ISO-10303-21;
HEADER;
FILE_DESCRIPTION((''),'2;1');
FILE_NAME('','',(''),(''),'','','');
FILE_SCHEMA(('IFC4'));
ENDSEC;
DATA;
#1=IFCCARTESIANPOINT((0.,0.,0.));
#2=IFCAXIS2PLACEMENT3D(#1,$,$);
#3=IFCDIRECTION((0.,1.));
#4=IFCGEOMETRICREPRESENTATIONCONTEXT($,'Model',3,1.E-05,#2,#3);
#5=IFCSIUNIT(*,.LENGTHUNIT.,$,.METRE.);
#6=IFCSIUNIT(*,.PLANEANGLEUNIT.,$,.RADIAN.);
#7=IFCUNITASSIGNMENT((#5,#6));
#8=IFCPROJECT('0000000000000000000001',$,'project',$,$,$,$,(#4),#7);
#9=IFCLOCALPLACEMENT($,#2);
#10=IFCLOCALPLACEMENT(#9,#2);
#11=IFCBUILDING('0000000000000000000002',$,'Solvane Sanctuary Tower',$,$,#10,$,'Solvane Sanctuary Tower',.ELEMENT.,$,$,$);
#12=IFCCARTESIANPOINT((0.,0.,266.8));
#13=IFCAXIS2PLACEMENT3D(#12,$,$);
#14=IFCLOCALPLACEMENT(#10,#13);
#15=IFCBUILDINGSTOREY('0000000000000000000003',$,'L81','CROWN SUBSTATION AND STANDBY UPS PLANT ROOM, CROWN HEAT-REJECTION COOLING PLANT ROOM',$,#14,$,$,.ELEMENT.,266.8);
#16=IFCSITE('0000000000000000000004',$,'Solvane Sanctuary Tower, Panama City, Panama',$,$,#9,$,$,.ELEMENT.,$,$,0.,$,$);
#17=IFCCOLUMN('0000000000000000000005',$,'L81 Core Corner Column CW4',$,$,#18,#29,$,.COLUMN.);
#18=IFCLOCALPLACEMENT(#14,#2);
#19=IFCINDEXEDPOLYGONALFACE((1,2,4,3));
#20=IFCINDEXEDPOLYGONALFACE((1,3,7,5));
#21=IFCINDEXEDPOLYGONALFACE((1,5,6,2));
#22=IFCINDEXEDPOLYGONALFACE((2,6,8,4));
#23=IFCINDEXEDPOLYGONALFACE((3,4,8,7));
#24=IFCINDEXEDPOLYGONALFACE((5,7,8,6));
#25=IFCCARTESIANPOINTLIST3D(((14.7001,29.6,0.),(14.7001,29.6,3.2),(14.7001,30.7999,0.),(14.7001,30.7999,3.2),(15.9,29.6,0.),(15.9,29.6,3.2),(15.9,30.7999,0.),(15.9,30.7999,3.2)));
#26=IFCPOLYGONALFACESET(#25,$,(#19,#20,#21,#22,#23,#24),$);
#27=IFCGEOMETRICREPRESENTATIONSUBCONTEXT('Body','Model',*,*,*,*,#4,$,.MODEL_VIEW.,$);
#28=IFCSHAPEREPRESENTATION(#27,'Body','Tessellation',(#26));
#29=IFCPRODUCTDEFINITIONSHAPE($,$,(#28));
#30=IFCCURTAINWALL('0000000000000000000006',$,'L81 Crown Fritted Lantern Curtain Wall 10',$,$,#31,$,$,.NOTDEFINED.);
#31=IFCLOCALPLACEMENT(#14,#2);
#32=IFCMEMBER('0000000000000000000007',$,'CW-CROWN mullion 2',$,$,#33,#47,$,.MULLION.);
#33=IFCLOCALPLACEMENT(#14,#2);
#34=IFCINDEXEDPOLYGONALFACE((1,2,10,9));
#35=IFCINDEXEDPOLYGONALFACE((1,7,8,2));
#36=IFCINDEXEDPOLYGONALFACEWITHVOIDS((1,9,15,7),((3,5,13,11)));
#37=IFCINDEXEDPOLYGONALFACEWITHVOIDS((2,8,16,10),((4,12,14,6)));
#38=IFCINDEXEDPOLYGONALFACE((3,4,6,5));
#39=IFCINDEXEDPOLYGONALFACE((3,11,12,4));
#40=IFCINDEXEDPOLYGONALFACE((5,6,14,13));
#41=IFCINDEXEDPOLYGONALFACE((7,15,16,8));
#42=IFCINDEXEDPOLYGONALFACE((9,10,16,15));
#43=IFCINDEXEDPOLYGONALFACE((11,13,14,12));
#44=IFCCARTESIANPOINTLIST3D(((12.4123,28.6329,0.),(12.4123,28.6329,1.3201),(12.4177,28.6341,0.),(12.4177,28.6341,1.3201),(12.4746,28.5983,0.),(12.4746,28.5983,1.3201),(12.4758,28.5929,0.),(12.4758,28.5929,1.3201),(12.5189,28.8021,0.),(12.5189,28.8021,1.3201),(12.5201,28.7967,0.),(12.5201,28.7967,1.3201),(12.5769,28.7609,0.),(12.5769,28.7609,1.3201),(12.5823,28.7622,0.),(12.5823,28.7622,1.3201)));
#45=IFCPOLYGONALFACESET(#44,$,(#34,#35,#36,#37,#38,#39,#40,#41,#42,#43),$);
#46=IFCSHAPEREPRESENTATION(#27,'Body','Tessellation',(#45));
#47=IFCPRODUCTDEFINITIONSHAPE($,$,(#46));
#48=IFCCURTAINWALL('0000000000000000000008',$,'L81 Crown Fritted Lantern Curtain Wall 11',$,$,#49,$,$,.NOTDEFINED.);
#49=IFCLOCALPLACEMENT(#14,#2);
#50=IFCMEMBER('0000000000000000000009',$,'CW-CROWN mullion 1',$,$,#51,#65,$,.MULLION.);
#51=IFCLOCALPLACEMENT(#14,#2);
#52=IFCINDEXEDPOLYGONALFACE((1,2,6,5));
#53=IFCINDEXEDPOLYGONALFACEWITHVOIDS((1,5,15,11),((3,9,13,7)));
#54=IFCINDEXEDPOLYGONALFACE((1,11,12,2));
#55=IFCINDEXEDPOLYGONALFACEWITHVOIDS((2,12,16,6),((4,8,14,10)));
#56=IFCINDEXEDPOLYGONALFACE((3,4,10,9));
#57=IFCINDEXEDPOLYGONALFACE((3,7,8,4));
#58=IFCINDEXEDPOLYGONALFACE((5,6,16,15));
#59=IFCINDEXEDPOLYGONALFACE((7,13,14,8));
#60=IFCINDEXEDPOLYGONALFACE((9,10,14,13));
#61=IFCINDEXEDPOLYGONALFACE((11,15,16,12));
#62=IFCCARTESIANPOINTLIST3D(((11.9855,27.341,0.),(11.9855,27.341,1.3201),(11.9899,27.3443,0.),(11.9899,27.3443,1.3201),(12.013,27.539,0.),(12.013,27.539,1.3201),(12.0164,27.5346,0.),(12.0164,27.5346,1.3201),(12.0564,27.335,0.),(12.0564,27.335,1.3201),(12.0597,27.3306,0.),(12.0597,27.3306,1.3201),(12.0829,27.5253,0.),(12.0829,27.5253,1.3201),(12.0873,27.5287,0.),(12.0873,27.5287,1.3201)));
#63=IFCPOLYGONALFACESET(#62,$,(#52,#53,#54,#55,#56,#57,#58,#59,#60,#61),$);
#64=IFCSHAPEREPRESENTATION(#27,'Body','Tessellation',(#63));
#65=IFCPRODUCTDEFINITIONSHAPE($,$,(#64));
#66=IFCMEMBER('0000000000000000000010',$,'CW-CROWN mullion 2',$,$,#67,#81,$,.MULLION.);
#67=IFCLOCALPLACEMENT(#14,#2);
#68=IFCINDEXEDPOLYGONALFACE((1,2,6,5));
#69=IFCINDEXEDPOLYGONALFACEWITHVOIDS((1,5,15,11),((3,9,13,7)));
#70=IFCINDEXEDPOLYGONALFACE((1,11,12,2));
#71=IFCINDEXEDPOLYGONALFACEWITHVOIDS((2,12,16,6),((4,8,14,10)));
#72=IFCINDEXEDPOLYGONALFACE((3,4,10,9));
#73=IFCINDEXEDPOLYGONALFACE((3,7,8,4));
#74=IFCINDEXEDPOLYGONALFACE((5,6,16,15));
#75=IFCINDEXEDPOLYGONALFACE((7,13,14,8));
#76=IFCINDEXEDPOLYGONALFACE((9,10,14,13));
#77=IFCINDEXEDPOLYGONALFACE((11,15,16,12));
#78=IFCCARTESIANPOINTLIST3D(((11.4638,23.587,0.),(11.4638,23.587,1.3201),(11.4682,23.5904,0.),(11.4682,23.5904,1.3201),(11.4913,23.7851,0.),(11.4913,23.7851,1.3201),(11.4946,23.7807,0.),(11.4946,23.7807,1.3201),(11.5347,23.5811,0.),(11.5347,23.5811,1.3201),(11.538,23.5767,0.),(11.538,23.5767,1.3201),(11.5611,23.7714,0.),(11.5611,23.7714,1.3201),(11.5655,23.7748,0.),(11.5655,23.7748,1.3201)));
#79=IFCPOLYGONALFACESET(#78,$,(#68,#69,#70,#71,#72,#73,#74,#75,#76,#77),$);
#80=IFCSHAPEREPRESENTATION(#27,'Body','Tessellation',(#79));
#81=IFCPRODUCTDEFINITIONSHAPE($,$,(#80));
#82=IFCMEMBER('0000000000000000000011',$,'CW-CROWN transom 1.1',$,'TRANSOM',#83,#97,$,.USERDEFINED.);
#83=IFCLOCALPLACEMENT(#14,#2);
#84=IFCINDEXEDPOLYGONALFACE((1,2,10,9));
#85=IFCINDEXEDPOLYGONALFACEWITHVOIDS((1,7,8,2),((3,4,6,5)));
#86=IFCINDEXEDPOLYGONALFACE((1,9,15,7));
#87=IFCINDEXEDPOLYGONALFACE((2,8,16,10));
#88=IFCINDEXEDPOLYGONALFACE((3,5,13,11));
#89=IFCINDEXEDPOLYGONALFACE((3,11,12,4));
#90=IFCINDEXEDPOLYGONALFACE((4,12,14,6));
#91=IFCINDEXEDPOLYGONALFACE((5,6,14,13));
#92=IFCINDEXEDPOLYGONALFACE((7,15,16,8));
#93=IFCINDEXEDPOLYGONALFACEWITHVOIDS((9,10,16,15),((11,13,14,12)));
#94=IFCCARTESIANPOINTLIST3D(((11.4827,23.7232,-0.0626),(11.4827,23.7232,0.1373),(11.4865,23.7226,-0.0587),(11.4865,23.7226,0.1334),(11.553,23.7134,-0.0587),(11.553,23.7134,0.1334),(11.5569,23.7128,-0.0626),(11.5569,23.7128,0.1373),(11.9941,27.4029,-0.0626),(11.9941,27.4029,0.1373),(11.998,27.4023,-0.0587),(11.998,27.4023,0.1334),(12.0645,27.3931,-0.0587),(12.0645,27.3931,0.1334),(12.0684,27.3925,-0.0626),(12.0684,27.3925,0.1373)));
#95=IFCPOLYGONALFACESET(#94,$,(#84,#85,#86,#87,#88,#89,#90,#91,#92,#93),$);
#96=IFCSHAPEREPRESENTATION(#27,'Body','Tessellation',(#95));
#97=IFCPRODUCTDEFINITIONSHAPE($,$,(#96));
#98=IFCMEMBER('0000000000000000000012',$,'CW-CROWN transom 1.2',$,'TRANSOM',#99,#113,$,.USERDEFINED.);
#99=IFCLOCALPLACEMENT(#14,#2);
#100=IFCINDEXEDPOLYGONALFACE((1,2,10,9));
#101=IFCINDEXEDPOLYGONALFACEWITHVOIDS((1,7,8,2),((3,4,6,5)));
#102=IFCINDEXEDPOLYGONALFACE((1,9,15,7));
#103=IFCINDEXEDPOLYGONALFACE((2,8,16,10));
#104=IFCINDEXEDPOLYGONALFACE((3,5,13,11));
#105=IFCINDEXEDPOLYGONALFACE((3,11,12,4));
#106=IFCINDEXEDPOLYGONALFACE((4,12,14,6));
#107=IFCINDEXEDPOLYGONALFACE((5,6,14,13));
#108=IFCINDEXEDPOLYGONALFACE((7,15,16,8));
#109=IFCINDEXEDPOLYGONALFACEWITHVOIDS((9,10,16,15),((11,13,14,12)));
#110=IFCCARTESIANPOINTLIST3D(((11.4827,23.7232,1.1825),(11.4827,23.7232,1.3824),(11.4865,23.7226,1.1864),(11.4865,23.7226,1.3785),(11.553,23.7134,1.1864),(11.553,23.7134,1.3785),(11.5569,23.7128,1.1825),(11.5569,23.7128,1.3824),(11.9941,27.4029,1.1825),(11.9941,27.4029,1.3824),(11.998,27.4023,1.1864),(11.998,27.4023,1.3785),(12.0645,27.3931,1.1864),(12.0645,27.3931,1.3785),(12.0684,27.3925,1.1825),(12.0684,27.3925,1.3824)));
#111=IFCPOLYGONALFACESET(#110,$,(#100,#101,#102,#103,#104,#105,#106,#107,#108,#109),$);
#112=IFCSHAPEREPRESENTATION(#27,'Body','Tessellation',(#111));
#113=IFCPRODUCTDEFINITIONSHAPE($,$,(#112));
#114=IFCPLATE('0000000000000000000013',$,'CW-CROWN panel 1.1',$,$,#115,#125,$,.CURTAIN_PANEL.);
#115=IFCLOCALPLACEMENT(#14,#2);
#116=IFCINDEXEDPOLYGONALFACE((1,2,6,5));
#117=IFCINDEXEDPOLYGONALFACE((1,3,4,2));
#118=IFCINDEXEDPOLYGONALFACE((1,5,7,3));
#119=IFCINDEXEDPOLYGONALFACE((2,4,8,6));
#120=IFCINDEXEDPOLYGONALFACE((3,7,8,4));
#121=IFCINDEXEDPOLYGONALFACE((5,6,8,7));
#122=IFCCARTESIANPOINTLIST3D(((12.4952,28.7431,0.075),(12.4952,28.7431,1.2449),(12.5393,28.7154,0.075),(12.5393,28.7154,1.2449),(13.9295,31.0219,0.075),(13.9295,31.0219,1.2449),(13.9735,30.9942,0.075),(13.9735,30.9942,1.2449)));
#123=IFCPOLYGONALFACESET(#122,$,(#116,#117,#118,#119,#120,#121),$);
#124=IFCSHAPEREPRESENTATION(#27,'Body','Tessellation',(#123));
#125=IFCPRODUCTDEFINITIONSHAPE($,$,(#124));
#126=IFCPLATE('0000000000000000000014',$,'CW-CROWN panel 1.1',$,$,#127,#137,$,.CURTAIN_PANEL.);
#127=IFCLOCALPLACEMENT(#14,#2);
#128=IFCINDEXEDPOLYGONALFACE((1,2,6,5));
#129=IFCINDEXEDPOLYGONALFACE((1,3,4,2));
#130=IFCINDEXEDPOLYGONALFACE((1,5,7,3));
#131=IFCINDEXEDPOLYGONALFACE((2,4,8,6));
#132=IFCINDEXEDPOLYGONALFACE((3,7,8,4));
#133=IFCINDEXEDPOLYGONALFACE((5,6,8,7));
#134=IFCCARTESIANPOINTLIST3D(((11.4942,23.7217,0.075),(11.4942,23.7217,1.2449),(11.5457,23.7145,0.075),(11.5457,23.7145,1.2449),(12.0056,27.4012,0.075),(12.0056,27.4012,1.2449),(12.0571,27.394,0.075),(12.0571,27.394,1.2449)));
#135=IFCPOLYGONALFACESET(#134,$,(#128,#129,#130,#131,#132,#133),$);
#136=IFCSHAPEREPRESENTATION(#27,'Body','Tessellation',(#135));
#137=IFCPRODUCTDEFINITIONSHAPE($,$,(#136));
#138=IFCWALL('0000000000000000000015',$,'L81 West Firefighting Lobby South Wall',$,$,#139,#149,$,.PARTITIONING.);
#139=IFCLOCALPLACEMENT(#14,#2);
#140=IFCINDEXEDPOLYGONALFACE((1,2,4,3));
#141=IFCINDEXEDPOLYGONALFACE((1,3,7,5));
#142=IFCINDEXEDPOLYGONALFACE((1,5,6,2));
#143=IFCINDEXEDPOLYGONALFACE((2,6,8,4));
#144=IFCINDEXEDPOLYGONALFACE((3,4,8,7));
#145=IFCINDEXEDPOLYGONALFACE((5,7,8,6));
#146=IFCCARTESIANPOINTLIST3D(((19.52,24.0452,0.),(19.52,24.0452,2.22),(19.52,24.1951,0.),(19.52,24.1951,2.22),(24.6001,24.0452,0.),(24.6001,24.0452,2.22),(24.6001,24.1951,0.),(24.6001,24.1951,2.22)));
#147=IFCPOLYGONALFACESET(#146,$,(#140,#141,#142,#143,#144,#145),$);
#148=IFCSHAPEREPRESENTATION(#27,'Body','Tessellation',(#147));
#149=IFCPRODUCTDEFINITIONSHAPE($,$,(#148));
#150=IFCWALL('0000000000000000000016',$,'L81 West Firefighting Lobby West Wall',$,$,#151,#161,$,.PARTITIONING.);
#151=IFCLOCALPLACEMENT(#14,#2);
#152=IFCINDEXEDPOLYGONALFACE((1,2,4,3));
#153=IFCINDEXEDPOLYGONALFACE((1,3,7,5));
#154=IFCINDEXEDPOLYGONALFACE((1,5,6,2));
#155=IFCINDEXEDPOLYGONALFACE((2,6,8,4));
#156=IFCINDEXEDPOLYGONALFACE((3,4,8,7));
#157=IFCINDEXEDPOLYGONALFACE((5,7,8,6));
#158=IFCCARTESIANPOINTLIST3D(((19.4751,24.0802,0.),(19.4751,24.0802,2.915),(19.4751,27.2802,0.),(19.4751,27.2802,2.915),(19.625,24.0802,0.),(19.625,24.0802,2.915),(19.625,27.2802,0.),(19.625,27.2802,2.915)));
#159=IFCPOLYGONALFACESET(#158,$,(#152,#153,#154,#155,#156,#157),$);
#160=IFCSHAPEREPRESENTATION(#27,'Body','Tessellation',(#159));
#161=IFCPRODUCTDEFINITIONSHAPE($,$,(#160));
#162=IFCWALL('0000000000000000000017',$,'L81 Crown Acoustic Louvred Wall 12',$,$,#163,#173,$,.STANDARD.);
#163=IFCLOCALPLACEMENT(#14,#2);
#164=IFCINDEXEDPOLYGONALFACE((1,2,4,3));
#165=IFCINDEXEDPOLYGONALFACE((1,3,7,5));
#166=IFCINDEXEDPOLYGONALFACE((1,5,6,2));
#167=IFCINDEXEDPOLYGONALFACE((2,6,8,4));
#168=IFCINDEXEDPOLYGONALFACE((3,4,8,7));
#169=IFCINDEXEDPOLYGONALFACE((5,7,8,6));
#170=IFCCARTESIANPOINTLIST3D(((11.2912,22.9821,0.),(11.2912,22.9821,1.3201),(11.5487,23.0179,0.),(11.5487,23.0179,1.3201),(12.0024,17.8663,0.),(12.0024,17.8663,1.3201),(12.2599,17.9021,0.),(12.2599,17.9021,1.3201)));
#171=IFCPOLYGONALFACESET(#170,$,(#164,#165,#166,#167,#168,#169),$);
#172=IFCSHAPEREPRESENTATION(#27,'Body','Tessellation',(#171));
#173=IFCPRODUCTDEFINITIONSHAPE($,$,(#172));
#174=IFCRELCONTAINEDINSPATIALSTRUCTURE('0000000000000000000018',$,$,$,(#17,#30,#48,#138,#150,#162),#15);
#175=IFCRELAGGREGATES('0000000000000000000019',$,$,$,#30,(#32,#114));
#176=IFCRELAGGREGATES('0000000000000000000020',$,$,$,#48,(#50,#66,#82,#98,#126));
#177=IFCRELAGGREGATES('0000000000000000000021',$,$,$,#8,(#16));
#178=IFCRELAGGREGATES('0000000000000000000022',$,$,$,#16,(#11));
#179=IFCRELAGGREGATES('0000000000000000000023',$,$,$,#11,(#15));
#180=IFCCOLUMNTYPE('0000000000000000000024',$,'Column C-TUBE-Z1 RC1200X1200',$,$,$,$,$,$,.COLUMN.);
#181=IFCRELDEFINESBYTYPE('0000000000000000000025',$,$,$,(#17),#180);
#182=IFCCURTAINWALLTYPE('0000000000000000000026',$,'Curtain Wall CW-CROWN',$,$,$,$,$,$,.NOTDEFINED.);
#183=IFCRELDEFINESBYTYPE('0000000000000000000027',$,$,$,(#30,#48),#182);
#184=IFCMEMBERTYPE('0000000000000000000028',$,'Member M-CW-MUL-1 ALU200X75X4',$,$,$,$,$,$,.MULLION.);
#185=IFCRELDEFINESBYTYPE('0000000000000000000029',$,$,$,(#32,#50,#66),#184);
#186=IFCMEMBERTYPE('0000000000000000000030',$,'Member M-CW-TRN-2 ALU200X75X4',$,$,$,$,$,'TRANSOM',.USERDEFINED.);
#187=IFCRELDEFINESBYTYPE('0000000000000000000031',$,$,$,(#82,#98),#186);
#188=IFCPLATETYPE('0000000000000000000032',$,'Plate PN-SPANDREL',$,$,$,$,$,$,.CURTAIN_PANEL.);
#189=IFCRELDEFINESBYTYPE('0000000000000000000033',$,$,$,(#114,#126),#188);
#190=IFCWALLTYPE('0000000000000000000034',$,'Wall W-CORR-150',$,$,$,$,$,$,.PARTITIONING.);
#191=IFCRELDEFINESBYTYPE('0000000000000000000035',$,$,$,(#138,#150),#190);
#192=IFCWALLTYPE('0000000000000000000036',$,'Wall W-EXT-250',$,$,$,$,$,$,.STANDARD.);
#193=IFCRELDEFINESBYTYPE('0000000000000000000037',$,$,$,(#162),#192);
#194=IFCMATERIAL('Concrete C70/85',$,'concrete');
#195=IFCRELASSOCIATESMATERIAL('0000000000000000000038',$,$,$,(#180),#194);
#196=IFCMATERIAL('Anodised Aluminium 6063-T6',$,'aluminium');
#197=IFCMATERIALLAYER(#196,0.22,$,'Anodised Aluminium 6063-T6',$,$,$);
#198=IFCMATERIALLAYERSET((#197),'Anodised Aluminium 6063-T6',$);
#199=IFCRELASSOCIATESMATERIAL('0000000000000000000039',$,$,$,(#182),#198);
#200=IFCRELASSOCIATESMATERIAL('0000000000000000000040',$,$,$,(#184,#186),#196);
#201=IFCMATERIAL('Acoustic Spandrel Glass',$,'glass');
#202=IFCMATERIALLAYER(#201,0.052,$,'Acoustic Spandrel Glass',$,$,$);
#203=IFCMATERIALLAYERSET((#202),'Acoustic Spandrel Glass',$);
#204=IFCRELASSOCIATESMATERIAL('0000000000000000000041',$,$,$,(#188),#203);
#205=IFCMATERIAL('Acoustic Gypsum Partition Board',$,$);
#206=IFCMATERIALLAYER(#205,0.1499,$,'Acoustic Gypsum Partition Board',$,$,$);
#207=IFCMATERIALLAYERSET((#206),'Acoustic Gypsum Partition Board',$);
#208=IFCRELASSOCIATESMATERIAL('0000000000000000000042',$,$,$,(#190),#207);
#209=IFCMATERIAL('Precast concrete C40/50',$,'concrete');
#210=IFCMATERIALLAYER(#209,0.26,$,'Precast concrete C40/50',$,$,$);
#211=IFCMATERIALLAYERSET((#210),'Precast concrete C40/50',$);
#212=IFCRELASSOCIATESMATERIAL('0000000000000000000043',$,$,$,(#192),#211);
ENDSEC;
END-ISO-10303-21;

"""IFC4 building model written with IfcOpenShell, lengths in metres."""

from ifc_helpers import new_model, si_unit, direction, frame, frame_2d, origin, origin_2d, place, context, subcontext, project, spatial, rectangle, hollow_rectangle, extrude, material, layer, layer_set, material_profile, profile_set, type_object, element, aggregate, save


model = new_model("IFC4")

# Units and contexts
model_context = context("Model", 3, precision=1e-05, world=origin(), true_north=direction((0.0, 1.0)))
body_context = subcontext(model_context, "Body", "Model", "MODEL_VIEW")
ifc_project = project(units=[si_unit("LENGTHUNIT", "METRE"), si_unit("PLANEANGLEUNIT", "RADIAN")], contexts=[model_context])

# Site, building, storey
site_placement = place(None, origin())
site = spatial("IfcSite", under=ifc_project, at=site_placement, Name="Solvane Sanctuary Tower, Panama City, Panama", CompositionType="ELEMENT", RefElevation=0.0)
building_placement = place(site_placement, origin())
building = spatial("IfcBuilding", under=site, at=building_placement, Name="Solvane Sanctuary Tower", LongName="Solvane Sanctuary Tower", CompositionType="ELEMENT")
storey_placement = place(building_placement, frame((0.0, 0.0, 266.8)))
storey = spatial("IfcBuildingStorey", under=building, at=storey_placement, Name="L81", Description="CROWN SUBSTATION AND STANDBY UPS PLANT ROOM, CROWN HEAT-REJECTION COOLING PLANT ROOM", CompositionType="ELEMENT", Elevation=266.8)

# Column
ifc_material_1 = material(Name="Concrete C70/85", Category="concrete")
ifc_material_profile_1 = material_profile(ifc_material_1, rectangle(XDim=1.2, YDim=1.2, at=origin_2d()), Name="RC1200X1200")
ifc_profile_set_1 = profile_set([ifc_material_profile_1], Name="Concrete C70/85")
column_type = type_object("IfcColumnType", Name="Column C-TUBE-Z1 RC1200X1200", PredefinedType="COLUMN", material=ifc_profile_set_1)
column_placement = place(storey_placement, frame((15.3, 30.2, 0.0), z_axis=(0.0, 0.0, 1.0), x_axis=(1.0, 0.0, 0.0)))
element("IfcColumn", 1, at=column_placement, inside=storey, type_object=column_type, Name="L81 Core Corner Column CW4", PredefinedType="COLUMN", context=body_context, shape_type="SweptSolid", body=[
    extrude(rectangle(XDim=1.2, YDim=1.2, at=origin_2d()), origin(), (0.0, 0.0, 1.0), 3.2),
])

# Curtain wall, member
ifc_material_2 = material(Name="Anodised Aluminium 6063-T6", Category="aluminium")
ifc_layer_1 = layer(ifc_material_2, 0.22, Name="Anodised Aluminium 6063-T6")
ifc_layer_set_1 = layer_set([ifc_layer_1], Name="Anodised Aluminium 6063-T6")
curtain_wall_type = type_object("IfcCurtainWallType", Name="Curtain Wall CW-CROWN", PredefinedType="NOTDEFINED", material=ifc_layer_set_1)
curtain_wall_1_placement = place(storey_placement, origin())
curtain_wall_1 = element("IfcCurtainWall", 2, at=curtain_wall_1_placement, inside=storey, type_object=curtain_wall_type, Name="L81 Crown Fritted Lantern Curtain Wall 10", PredefinedType="NOTDEFINED")
ifc_material_profile_2 = material_profile(ifc_material_2, hollow_rectangle(XDim=0.075, YDim=0.2, WallThickness=0.0039, at=origin_2d()), Name="ALU200X75X4")
ifc_profile_set_2 = profile_set([ifc_material_profile_2], Name="Anodised Aluminium 6063-T6")
member_type_1 = type_object("IfcMemberType", Name="Member M-CW-MUL-1 ALU200X75X4", PredefinedType="MULLION", material=ifc_profile_set_2)
member_1_placement = place(storey_placement, frame((12.4973, 28.6975, 0.0), z_axis=(0.0, 0.0, 1.0), x_axis=(0.846332, -0.532656, 0.0)))
member_1 = element("IfcMember", 3, at=member_1_placement, type_object=member_type_1, Name="CW-CROWN mullion 2", PredefinedType="MULLION", context=body_context, shape_type="SweptSolid", body=[
    extrude(hollow_rectangle(XDim=0.075, YDim=0.2, WallThickness=0.0039, at=origin_2d()), origin(), (0.0, 0.0, 1.0), 1.3201),
])

# Curtain wall, members
curtain_wall_2_placement = place(storey_placement, origin())
curtain_wall_2 = element("IfcCurtainWall", 4, at=curtain_wall_2_placement, inside=storey, type_object=curtain_wall_type, Name="L81 Crown Fritted Lantern Curtain Wall 11", PredefinedType="NOTDEFINED")
member_2_placement = place(storey_placement, frame((12.0364, 27.4348, 0.0), z_axis=(0.0, 0.0, 1.0), x_axis=(0.990477, -0.137675, 0.0)))
member_2 = element("IfcMember", 5, at=member_2_placement, type_object=member_type_1, Name="CW-CROWN mullion 1", PredefinedType="MULLION", context=body_context, shape_type="SweptSolid", body=[
    extrude(hollow_rectangle(XDim=0.075, YDim=0.2, WallThickness=0.0039, at=origin_2d()), origin(), (0.0, 0.0, 1.0), 1.3201),
])
member_3_placement = place(storey_placement, frame((11.5146, 23.6809, 0.0), z_axis=(0.0, 0.0, 1.0), x_axis=(0.990477, -0.137675, 0.0)))
member_3 = element("IfcMember", 6, at=member_3_placement, type_object=member_type_1, Name="CW-CROWN mullion 2", PredefinedType="MULLION", context=body_context, shape_type="SweptSolid", body=[
    extrude(hollow_rectangle(XDim=0.075, YDim=0.2, WallThickness=0.0039, at=origin_2d()), origin(), (0.0, 0.0, 1.0), 1.3201),
])
ifc_material_profile_3 = material_profile(ifc_material_2, hollow_rectangle(XDim=0.075, YDim=0.2, WallThickness=0.0039, at=origin_2d()), Name="ALU200X75X4")
ifc_profile_set_3 = profile_set([ifc_material_profile_3], Name="Anodised Aluminium 6063-T6")
member_type_2 = type_object("IfcMemberType", Name="Member M-CW-TRN-2 ALU200X75X4", ElementType="TRANSOM", PredefinedType="USERDEFINED", material=ifc_profile_set_3)
member_4_placement = place(storey_placement, frame((12.0312, 27.3977, 0.0374), z_axis=(-0.137676, -0.990477, 0.0), x_axis=(0.990477, -0.137676, 0.0)))
member_4 = element("IfcMember", 7, at=member_4_placement, type_object=member_type_2, Name="CW-CROWN transom 1.1", ObjectType="TRANSOM", PredefinedType="USERDEFINED", context=body_context, shape_type="SweptSolid", body=[
    extrude(hollow_rectangle(XDim=0.075, YDim=0.2, WallThickness=0.0039, at=origin_2d()), origin(), (0.0, 0.0, 1.0), 3.7151),
])
member_5_placement = place(storey_placement, frame((12.0312, 27.3977, 1.2825), z_axis=(-0.137676, -0.990477, 0.0), x_axis=(0.990477, -0.137676, 0.0)))
member_5 = element("IfcMember", 8, at=member_5_placement, type_object=member_type_2, Name="CW-CROWN transom 1.2", ObjectType="TRANSOM", PredefinedType="USERDEFINED", context=body_context, shape_type="SweptSolid", body=[
    extrude(hollow_rectangle(XDim=0.075, YDim=0.2, WallThickness=0.0039, at=origin_2d()), origin(), (0.0, 0.0, 1.0), 3.7151),
])

# Plates
ifc_material_3 = material(Name="Acoustic Spandrel Glass", Category="glass")
ifc_layer_2 = layer(ifc_material_3, 0.052, Name="Acoustic Spandrel Glass")
ifc_layer_set_2 = layer_set([ifc_layer_2], Name="Acoustic Spandrel Glass")
plate_type = type_object("IfcPlateType", Name="Plate PN-SPANDREL", PredefinedType="CURTAIN_PANEL", material=ifc_layer_set_2)
plate_1_placement = place(storey_placement, frame((13.2344, 29.8687, 0.075), z_axis=(0.0, 0.0, 1.0), x_axis=(-0.532656, -0.846332, 0.0)))
plate_1 = element("IfcPlate", 9, at=plate_1_placement, type_object=plate_type, Name="CW-CROWN panel 1.1", PredefinedType="CURTAIN_PANEL", context=body_context, shape_type="SweptSolid", body=[
    extrude(rectangle(XDim=2.6926, YDim=0.052, at=origin_2d()), origin(), (0.0, 0.0, 1.0), 1.1699),
])
aggregate(curtain_wall_1, [member_1, plate_1])
plate_2_placement = place(storey_placement, frame((11.7756, 25.5579, 0.075), z_axis=(0.0, 0.0, 1.0), x_axis=(-0.137675, -0.990477, 0.0)))
plate_2 = element("IfcPlate", 10, at=plate_2_placement, type_object=plate_type, Name="CW-CROWN panel 1.1", PredefinedType="CURTAIN_PANEL", context=body_context, shape_type="SweptSolid", body=[
    extrude(rectangle(XDim=3.7148, YDim=0.052, at=origin_2d()), origin(), (0.0, 0.0, 1.0), 1.1699),
])
aggregate(curtain_wall_2, [member_2, member_3, member_4, member_5, plate_2])

# Walls
ifc_material_4 = material(Name="Acoustic Gypsum Partition Board")
ifc_layer_3 = layer(ifc_material_4, 0.1499, Name="Acoustic Gypsum Partition Board")
ifc_layer_set_3 = layer_set([ifc_layer_3], Name="Acoustic Gypsum Partition Board")
wall_type_1 = type_object("IfcWallType", Name="Wall W-CORR-150", PredefinedType="PARTITIONING", material=ifc_layer_set_3)
wall_1_placement = place(storey_placement, frame((19.52, 24.1201, 0.0), z_axis=(0.0, 0.0, 1.0), x_axis=(1.0, 0.0, 0.0)))
element("IfcWall", 11, at=wall_1_placement, inside=storey, type_object=wall_type_1, Name="L81 West Firefighting Lobby South Wall", PredefinedType="PARTITIONING", context=body_context, shape_type="SweptSolid", body=[
    extrude(rectangle(XDim=5.0801, YDim=0.1499, at=frame_2d((2.54, 0.0))), origin(), (0.0, 0.0, 1.0), 2.22),
])
wall_2_placement = place(storey_placement, frame((19.55, 24.0801, 0.0), z_axis=(0.0, 0.0, 1.0), x_axis=(0.0, 1.0, 0.0)))
element("IfcWall", 12, at=wall_2_placement, inside=storey, type_object=wall_type_1, Name="L81 West Firefighting Lobby West Wall", PredefinedType="PARTITIONING", context=body_context, shape_type="SweptSolid", body=[
    extrude(rectangle(XDim=3.2, YDim=0.1499, at=frame_2d((1.6001, 0.0))), origin(), (0.0, 0.0, 1.0), 2.915),
])
ifc_material_5 = material(Name="Precast concrete C40/50", Category="concrete")
ifc_layer_4 = layer(ifc_material_5, 0.26, Name="Precast concrete C40/50")
ifc_layer_set_4 = layer_set([ifc_layer_4], Name="Precast concrete C40/50")
wall_type_2 = type_object("IfcWallType", Name="Wall W-EXT-250", PredefinedType="STANDARD", material=ifc_layer_set_4)
wall_3_placement = place(storey_placement, frame((11.4199, 23.0, 0.0), z_axis=(0.0, 0.0, 1.0), x_axis=(0.137695, -0.990475, 0.0)))
element("IfcWall", 13, at=wall_3_placement, inside=storey, type_object=wall_type_2, Name="L81 Crown Acoustic Louvred Wall 12", PredefinedType="STANDARD", context=body_context, shape_type="SweptSolid", body=[
    extrude(rectangle(XDim=5.165, YDim=0.26, at=frame_2d((2.5825, 0.0))), origin(), (0.0, 0.0, 1.0), 1.3201),
])

save(model, "model.ifc")
